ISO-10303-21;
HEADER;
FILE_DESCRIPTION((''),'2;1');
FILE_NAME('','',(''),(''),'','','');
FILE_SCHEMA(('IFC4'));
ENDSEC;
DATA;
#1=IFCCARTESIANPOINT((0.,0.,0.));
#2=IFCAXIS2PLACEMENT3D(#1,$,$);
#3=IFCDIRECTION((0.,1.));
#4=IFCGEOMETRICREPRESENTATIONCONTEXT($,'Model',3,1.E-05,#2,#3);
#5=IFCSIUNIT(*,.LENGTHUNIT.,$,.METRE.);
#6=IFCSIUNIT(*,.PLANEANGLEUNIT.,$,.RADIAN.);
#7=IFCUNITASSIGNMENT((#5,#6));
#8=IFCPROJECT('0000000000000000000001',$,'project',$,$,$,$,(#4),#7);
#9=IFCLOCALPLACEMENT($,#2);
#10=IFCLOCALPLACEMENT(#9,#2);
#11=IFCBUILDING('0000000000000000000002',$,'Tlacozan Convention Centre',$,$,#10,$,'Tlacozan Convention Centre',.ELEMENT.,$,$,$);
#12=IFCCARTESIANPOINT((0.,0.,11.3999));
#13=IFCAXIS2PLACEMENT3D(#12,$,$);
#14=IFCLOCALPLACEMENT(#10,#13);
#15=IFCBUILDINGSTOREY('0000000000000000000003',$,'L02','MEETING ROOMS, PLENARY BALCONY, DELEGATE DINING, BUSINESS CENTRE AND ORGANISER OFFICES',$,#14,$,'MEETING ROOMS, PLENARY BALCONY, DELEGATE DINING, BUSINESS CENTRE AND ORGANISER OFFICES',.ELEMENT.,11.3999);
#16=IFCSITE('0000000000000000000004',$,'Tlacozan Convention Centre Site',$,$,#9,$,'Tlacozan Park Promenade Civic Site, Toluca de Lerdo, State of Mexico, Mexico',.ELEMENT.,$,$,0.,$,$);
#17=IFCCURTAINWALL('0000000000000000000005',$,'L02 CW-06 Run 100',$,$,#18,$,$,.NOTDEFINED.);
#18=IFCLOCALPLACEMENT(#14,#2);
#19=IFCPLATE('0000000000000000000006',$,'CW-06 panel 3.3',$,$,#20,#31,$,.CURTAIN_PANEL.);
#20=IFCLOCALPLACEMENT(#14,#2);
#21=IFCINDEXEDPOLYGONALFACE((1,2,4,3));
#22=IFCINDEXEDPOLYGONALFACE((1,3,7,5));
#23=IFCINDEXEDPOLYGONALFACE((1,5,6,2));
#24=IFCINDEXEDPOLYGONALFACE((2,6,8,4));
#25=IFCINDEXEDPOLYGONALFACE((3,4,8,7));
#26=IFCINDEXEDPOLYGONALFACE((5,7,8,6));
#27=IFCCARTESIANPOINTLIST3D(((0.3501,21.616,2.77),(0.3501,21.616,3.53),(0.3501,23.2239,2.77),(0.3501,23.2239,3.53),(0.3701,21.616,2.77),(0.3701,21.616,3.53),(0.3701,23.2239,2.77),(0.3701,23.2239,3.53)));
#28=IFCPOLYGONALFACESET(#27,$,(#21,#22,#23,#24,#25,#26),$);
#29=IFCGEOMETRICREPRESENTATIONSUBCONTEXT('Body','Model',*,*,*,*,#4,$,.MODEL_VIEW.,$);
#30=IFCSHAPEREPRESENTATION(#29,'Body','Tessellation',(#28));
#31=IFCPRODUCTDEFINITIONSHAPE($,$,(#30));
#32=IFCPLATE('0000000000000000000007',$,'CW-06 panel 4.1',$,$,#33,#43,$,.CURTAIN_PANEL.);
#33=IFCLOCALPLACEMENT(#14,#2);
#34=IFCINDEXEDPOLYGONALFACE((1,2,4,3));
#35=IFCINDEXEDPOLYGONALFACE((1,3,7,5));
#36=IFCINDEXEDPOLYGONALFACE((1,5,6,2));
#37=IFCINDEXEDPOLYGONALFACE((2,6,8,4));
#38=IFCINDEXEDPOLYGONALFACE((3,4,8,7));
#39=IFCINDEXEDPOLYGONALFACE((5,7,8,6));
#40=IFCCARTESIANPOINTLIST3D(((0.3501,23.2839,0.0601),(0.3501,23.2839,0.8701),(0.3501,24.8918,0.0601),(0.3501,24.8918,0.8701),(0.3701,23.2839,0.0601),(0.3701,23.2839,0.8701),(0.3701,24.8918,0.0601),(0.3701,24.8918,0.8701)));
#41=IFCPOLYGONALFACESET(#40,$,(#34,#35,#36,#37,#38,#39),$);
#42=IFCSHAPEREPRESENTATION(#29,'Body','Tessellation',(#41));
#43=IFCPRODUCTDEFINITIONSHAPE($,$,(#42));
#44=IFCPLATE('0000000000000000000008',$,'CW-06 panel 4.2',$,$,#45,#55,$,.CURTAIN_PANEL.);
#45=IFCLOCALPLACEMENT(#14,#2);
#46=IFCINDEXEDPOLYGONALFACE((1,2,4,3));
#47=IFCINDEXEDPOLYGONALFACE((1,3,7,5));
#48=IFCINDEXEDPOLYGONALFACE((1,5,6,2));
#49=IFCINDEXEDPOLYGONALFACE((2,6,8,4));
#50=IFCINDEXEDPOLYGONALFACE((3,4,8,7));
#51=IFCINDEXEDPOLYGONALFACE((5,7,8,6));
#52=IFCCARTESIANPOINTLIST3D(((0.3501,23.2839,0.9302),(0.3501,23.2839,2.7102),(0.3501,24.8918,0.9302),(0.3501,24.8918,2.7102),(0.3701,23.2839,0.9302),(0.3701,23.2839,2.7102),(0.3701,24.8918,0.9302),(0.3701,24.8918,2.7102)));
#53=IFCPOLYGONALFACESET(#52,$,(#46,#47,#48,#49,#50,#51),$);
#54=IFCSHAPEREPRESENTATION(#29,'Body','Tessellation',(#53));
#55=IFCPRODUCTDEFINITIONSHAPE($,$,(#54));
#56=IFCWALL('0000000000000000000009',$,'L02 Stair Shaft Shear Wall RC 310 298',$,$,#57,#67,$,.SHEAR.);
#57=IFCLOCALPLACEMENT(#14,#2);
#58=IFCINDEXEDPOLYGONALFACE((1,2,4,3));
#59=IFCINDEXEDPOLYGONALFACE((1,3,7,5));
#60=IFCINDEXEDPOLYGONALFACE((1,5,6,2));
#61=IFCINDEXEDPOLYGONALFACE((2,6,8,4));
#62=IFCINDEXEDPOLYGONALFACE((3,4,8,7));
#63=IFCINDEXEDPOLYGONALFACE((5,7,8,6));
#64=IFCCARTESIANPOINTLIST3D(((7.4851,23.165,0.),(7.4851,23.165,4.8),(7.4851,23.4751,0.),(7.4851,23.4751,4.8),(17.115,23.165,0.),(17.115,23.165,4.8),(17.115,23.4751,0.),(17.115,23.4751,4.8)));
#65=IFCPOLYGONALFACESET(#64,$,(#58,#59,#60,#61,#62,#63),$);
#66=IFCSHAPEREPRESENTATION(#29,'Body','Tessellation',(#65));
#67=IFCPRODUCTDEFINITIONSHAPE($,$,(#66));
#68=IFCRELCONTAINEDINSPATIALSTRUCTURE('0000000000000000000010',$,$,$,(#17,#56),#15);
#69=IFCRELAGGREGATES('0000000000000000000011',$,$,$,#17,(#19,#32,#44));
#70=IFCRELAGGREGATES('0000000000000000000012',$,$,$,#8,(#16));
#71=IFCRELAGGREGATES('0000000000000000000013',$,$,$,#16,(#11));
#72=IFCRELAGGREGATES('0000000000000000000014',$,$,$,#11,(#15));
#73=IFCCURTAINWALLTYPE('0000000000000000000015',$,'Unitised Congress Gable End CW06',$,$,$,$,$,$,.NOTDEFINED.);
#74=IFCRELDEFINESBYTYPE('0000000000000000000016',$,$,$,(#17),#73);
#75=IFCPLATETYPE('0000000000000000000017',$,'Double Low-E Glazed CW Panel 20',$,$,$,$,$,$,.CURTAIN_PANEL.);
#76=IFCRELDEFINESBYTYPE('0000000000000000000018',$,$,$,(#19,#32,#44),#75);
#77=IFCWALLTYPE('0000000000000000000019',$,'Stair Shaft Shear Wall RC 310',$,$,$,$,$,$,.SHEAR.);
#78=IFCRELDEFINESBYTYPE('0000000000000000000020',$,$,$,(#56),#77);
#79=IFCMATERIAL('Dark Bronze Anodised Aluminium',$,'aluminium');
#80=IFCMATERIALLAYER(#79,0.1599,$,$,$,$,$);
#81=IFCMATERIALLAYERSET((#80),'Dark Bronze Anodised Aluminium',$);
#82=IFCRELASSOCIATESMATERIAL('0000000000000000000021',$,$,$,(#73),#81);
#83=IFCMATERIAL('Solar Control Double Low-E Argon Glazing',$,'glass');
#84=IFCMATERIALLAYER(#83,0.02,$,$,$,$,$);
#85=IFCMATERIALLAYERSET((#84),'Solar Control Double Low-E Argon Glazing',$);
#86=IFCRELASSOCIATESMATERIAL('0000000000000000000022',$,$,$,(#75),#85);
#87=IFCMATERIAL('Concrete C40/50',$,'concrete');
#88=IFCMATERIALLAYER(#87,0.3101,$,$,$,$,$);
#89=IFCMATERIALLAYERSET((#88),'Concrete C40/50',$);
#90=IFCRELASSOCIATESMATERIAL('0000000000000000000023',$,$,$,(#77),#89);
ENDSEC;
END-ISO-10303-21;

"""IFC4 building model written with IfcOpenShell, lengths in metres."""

from ifc_helpers import new_model, si_unit, direction, frame, frame_2d, origin, origin_2d, place, context, subcontext, project, spatial, rectangle, extrude, material, layer, layer_set, type_object, element, aggregate, save


model = new_model("IFC4")

# Units and contexts
model_context = context("Model", 3, precision=1e-05, world=origin(), true_north=direction((0.0, 1.0)))
body_context = subcontext(model_context, "Body", "Model", "MODEL_VIEW")
ifc_project = project(units=[si_unit("LENGTHUNIT", "METRE"), si_unit("PLANEANGLEUNIT", "RADIAN")], contexts=[model_context])

# Site, building, storey
site_placement = place(None, origin())
site = spatial("IfcSite", under=ifc_project, at=site_placement, Name="Tlacozan Convention Centre Site", LongName="Tlacozan Park Promenade Civic Site, Toluca de Lerdo, State of Mexico, Mexico", CompositionType="ELEMENT", RefElevation=0.0)
building_placement = place(site_placement, origin())
building = spatial("IfcBuilding", under=site, at=building_placement, Name="Tlacozan Convention Centre", LongName="Tlacozan Convention Centre", CompositionType="ELEMENT")
storey_placement = place(building_placement, frame((0.0, 0.0, 11.3999)))
storey = spatial("IfcBuildingStorey", under=building, at=storey_placement, Name="L02", Description="MEETING ROOMS, PLENARY BALCONY, DELEGATE DINING, BUSINESS CENTRE AND ORGANISER OFFICES", LongName="MEETING ROOMS, PLENARY BALCONY, DELEGATE DINING, BUSINESS CENTRE AND ORGANISER OFFICES", CompositionType="ELEMENT", Elevation=11.3999)

# Curtain wall
ifc_material_1 = material(Name="Dark Bronze Anodised Aluminium", Category="aluminium")
ifc_layer_1 = layer(ifc_material_1, 0.1599)
ifc_layer_set_1 = layer_set([ifc_layer_1], Name="Dark Bronze Anodised Aluminium")
curtain_wall_type = type_object("IfcCurtainWallType", Name="Unitised Congress Gable End CW06", PredefinedType="NOTDEFINED", material=ifc_layer_set_1)
curtain_wall_placement = place(storey_placement, origin())
curtain_wall = element("IfcCurtainWall", 1, at=curtain_wall_placement, inside=storey, type_object=curtain_wall_type, Name="L02 CW-06 Run 100", PredefinedType="NOTDEFINED")

# Plates
ifc_material_2 = material(Name="Solar Control Double Low-E Argon Glazing", Category="glass")
ifc_layer_2 = layer(ifc_material_2, 0.02)
ifc_layer_set_2 = layer_set([ifc_layer_2], Name="Solar Control Double Low-E Argon Glazing")
plate_type = type_object("IfcPlateType", Name="Double Low-E Glazed CW Panel 20", PredefinedType="CURTAIN_PANEL", material=ifc_layer_set_2)
plate_1_placement = place(storey_placement, frame((0.3601, 22.4199, 2.77), z_axis=(0.0, 0.0, 1.0), x_axis=(0.0, 1.0, 0.0)))
plate_1 = element("IfcPlate", 2, at=plate_1_placement, type_object=plate_type, Name="CW-06 panel 3.3", PredefinedType="CURTAIN_PANEL", context=body_context, shape_type="SweptSolid", body=[
    extrude(rectangle(XDim=1.6079, YDim=0.02, at=origin_2d()), origin(), (0.0, 0.0, 1.0), 0.76),
])
plate_2_placement = place(storey_placement, frame((0.3601, 24.0879, 0.0601), z_axis=(0.0, 0.0, 1.0), x_axis=(0.0, 1.0, 0.0)))
plate_2 = element("IfcPlate", 3, at=plate_2_placement, type_object=plate_type, Name="CW-06 panel 4.1", PredefinedType="CURTAIN_PANEL", context=body_context, shape_type="SweptSolid", body=[
    extrude(rectangle(XDim=1.6079, YDim=0.02, at=origin_2d()), origin(), (0.0, 0.0, 1.0), 0.8101),
])
plate_3_placement = place(storey_placement, frame((0.3601, 24.0879, 0.9302), z_axis=(0.0, 0.0, 1.0), x_axis=(0.0, 1.0, 0.0)))
plate_3 = element("IfcPlate", 4, at=plate_3_placement, type_object=plate_type, Name="CW-06 panel 4.2", PredefinedType="CURTAIN_PANEL", context=body_context, shape_type="SweptSolid", body=[
    extrude(rectangle(XDim=1.6079, YDim=0.02, at=origin_2d()), origin(), (0.0, 0.0, 1.0), 1.78),
])
aggregate(curtain_wall, [plate_1, plate_2, plate_3])

# Wall
ifc_material_3 = material(Name="Concrete C40/50", Category="concrete")
ifc_layer_3 = layer(ifc_material_3, 0.3101)
ifc_layer_set_3 = layer_set([ifc_layer_3], Name="Concrete C40/50")
wall_type = type_object("IfcWallType", Name="Stair Shaft Shear Wall RC 310", PredefinedType="SHEAR", material=ifc_layer_set_3)
wall_placement = place(storey_placement, frame((7.4851, 23.3201, 0.0), z_axis=(0.0, 0.0, 1.0), x_axis=(1.0, 0.0, 0.0)))
element("IfcWall", 5, at=wall_placement, inside=storey, type_object=wall_type, Name="L02 Stair Shaft Shear Wall RC 310 298", PredefinedType="SHEAR", context=body_context, shape_type="SweptSolid", body=[
    extrude(rectangle(XDim=9.6299, YDim=0.3101, at=frame_2d((4.8149, 0.0))), origin(), (0.0, 0.0, 1.0), 4.8),
])

save(model, "model.ifc")
